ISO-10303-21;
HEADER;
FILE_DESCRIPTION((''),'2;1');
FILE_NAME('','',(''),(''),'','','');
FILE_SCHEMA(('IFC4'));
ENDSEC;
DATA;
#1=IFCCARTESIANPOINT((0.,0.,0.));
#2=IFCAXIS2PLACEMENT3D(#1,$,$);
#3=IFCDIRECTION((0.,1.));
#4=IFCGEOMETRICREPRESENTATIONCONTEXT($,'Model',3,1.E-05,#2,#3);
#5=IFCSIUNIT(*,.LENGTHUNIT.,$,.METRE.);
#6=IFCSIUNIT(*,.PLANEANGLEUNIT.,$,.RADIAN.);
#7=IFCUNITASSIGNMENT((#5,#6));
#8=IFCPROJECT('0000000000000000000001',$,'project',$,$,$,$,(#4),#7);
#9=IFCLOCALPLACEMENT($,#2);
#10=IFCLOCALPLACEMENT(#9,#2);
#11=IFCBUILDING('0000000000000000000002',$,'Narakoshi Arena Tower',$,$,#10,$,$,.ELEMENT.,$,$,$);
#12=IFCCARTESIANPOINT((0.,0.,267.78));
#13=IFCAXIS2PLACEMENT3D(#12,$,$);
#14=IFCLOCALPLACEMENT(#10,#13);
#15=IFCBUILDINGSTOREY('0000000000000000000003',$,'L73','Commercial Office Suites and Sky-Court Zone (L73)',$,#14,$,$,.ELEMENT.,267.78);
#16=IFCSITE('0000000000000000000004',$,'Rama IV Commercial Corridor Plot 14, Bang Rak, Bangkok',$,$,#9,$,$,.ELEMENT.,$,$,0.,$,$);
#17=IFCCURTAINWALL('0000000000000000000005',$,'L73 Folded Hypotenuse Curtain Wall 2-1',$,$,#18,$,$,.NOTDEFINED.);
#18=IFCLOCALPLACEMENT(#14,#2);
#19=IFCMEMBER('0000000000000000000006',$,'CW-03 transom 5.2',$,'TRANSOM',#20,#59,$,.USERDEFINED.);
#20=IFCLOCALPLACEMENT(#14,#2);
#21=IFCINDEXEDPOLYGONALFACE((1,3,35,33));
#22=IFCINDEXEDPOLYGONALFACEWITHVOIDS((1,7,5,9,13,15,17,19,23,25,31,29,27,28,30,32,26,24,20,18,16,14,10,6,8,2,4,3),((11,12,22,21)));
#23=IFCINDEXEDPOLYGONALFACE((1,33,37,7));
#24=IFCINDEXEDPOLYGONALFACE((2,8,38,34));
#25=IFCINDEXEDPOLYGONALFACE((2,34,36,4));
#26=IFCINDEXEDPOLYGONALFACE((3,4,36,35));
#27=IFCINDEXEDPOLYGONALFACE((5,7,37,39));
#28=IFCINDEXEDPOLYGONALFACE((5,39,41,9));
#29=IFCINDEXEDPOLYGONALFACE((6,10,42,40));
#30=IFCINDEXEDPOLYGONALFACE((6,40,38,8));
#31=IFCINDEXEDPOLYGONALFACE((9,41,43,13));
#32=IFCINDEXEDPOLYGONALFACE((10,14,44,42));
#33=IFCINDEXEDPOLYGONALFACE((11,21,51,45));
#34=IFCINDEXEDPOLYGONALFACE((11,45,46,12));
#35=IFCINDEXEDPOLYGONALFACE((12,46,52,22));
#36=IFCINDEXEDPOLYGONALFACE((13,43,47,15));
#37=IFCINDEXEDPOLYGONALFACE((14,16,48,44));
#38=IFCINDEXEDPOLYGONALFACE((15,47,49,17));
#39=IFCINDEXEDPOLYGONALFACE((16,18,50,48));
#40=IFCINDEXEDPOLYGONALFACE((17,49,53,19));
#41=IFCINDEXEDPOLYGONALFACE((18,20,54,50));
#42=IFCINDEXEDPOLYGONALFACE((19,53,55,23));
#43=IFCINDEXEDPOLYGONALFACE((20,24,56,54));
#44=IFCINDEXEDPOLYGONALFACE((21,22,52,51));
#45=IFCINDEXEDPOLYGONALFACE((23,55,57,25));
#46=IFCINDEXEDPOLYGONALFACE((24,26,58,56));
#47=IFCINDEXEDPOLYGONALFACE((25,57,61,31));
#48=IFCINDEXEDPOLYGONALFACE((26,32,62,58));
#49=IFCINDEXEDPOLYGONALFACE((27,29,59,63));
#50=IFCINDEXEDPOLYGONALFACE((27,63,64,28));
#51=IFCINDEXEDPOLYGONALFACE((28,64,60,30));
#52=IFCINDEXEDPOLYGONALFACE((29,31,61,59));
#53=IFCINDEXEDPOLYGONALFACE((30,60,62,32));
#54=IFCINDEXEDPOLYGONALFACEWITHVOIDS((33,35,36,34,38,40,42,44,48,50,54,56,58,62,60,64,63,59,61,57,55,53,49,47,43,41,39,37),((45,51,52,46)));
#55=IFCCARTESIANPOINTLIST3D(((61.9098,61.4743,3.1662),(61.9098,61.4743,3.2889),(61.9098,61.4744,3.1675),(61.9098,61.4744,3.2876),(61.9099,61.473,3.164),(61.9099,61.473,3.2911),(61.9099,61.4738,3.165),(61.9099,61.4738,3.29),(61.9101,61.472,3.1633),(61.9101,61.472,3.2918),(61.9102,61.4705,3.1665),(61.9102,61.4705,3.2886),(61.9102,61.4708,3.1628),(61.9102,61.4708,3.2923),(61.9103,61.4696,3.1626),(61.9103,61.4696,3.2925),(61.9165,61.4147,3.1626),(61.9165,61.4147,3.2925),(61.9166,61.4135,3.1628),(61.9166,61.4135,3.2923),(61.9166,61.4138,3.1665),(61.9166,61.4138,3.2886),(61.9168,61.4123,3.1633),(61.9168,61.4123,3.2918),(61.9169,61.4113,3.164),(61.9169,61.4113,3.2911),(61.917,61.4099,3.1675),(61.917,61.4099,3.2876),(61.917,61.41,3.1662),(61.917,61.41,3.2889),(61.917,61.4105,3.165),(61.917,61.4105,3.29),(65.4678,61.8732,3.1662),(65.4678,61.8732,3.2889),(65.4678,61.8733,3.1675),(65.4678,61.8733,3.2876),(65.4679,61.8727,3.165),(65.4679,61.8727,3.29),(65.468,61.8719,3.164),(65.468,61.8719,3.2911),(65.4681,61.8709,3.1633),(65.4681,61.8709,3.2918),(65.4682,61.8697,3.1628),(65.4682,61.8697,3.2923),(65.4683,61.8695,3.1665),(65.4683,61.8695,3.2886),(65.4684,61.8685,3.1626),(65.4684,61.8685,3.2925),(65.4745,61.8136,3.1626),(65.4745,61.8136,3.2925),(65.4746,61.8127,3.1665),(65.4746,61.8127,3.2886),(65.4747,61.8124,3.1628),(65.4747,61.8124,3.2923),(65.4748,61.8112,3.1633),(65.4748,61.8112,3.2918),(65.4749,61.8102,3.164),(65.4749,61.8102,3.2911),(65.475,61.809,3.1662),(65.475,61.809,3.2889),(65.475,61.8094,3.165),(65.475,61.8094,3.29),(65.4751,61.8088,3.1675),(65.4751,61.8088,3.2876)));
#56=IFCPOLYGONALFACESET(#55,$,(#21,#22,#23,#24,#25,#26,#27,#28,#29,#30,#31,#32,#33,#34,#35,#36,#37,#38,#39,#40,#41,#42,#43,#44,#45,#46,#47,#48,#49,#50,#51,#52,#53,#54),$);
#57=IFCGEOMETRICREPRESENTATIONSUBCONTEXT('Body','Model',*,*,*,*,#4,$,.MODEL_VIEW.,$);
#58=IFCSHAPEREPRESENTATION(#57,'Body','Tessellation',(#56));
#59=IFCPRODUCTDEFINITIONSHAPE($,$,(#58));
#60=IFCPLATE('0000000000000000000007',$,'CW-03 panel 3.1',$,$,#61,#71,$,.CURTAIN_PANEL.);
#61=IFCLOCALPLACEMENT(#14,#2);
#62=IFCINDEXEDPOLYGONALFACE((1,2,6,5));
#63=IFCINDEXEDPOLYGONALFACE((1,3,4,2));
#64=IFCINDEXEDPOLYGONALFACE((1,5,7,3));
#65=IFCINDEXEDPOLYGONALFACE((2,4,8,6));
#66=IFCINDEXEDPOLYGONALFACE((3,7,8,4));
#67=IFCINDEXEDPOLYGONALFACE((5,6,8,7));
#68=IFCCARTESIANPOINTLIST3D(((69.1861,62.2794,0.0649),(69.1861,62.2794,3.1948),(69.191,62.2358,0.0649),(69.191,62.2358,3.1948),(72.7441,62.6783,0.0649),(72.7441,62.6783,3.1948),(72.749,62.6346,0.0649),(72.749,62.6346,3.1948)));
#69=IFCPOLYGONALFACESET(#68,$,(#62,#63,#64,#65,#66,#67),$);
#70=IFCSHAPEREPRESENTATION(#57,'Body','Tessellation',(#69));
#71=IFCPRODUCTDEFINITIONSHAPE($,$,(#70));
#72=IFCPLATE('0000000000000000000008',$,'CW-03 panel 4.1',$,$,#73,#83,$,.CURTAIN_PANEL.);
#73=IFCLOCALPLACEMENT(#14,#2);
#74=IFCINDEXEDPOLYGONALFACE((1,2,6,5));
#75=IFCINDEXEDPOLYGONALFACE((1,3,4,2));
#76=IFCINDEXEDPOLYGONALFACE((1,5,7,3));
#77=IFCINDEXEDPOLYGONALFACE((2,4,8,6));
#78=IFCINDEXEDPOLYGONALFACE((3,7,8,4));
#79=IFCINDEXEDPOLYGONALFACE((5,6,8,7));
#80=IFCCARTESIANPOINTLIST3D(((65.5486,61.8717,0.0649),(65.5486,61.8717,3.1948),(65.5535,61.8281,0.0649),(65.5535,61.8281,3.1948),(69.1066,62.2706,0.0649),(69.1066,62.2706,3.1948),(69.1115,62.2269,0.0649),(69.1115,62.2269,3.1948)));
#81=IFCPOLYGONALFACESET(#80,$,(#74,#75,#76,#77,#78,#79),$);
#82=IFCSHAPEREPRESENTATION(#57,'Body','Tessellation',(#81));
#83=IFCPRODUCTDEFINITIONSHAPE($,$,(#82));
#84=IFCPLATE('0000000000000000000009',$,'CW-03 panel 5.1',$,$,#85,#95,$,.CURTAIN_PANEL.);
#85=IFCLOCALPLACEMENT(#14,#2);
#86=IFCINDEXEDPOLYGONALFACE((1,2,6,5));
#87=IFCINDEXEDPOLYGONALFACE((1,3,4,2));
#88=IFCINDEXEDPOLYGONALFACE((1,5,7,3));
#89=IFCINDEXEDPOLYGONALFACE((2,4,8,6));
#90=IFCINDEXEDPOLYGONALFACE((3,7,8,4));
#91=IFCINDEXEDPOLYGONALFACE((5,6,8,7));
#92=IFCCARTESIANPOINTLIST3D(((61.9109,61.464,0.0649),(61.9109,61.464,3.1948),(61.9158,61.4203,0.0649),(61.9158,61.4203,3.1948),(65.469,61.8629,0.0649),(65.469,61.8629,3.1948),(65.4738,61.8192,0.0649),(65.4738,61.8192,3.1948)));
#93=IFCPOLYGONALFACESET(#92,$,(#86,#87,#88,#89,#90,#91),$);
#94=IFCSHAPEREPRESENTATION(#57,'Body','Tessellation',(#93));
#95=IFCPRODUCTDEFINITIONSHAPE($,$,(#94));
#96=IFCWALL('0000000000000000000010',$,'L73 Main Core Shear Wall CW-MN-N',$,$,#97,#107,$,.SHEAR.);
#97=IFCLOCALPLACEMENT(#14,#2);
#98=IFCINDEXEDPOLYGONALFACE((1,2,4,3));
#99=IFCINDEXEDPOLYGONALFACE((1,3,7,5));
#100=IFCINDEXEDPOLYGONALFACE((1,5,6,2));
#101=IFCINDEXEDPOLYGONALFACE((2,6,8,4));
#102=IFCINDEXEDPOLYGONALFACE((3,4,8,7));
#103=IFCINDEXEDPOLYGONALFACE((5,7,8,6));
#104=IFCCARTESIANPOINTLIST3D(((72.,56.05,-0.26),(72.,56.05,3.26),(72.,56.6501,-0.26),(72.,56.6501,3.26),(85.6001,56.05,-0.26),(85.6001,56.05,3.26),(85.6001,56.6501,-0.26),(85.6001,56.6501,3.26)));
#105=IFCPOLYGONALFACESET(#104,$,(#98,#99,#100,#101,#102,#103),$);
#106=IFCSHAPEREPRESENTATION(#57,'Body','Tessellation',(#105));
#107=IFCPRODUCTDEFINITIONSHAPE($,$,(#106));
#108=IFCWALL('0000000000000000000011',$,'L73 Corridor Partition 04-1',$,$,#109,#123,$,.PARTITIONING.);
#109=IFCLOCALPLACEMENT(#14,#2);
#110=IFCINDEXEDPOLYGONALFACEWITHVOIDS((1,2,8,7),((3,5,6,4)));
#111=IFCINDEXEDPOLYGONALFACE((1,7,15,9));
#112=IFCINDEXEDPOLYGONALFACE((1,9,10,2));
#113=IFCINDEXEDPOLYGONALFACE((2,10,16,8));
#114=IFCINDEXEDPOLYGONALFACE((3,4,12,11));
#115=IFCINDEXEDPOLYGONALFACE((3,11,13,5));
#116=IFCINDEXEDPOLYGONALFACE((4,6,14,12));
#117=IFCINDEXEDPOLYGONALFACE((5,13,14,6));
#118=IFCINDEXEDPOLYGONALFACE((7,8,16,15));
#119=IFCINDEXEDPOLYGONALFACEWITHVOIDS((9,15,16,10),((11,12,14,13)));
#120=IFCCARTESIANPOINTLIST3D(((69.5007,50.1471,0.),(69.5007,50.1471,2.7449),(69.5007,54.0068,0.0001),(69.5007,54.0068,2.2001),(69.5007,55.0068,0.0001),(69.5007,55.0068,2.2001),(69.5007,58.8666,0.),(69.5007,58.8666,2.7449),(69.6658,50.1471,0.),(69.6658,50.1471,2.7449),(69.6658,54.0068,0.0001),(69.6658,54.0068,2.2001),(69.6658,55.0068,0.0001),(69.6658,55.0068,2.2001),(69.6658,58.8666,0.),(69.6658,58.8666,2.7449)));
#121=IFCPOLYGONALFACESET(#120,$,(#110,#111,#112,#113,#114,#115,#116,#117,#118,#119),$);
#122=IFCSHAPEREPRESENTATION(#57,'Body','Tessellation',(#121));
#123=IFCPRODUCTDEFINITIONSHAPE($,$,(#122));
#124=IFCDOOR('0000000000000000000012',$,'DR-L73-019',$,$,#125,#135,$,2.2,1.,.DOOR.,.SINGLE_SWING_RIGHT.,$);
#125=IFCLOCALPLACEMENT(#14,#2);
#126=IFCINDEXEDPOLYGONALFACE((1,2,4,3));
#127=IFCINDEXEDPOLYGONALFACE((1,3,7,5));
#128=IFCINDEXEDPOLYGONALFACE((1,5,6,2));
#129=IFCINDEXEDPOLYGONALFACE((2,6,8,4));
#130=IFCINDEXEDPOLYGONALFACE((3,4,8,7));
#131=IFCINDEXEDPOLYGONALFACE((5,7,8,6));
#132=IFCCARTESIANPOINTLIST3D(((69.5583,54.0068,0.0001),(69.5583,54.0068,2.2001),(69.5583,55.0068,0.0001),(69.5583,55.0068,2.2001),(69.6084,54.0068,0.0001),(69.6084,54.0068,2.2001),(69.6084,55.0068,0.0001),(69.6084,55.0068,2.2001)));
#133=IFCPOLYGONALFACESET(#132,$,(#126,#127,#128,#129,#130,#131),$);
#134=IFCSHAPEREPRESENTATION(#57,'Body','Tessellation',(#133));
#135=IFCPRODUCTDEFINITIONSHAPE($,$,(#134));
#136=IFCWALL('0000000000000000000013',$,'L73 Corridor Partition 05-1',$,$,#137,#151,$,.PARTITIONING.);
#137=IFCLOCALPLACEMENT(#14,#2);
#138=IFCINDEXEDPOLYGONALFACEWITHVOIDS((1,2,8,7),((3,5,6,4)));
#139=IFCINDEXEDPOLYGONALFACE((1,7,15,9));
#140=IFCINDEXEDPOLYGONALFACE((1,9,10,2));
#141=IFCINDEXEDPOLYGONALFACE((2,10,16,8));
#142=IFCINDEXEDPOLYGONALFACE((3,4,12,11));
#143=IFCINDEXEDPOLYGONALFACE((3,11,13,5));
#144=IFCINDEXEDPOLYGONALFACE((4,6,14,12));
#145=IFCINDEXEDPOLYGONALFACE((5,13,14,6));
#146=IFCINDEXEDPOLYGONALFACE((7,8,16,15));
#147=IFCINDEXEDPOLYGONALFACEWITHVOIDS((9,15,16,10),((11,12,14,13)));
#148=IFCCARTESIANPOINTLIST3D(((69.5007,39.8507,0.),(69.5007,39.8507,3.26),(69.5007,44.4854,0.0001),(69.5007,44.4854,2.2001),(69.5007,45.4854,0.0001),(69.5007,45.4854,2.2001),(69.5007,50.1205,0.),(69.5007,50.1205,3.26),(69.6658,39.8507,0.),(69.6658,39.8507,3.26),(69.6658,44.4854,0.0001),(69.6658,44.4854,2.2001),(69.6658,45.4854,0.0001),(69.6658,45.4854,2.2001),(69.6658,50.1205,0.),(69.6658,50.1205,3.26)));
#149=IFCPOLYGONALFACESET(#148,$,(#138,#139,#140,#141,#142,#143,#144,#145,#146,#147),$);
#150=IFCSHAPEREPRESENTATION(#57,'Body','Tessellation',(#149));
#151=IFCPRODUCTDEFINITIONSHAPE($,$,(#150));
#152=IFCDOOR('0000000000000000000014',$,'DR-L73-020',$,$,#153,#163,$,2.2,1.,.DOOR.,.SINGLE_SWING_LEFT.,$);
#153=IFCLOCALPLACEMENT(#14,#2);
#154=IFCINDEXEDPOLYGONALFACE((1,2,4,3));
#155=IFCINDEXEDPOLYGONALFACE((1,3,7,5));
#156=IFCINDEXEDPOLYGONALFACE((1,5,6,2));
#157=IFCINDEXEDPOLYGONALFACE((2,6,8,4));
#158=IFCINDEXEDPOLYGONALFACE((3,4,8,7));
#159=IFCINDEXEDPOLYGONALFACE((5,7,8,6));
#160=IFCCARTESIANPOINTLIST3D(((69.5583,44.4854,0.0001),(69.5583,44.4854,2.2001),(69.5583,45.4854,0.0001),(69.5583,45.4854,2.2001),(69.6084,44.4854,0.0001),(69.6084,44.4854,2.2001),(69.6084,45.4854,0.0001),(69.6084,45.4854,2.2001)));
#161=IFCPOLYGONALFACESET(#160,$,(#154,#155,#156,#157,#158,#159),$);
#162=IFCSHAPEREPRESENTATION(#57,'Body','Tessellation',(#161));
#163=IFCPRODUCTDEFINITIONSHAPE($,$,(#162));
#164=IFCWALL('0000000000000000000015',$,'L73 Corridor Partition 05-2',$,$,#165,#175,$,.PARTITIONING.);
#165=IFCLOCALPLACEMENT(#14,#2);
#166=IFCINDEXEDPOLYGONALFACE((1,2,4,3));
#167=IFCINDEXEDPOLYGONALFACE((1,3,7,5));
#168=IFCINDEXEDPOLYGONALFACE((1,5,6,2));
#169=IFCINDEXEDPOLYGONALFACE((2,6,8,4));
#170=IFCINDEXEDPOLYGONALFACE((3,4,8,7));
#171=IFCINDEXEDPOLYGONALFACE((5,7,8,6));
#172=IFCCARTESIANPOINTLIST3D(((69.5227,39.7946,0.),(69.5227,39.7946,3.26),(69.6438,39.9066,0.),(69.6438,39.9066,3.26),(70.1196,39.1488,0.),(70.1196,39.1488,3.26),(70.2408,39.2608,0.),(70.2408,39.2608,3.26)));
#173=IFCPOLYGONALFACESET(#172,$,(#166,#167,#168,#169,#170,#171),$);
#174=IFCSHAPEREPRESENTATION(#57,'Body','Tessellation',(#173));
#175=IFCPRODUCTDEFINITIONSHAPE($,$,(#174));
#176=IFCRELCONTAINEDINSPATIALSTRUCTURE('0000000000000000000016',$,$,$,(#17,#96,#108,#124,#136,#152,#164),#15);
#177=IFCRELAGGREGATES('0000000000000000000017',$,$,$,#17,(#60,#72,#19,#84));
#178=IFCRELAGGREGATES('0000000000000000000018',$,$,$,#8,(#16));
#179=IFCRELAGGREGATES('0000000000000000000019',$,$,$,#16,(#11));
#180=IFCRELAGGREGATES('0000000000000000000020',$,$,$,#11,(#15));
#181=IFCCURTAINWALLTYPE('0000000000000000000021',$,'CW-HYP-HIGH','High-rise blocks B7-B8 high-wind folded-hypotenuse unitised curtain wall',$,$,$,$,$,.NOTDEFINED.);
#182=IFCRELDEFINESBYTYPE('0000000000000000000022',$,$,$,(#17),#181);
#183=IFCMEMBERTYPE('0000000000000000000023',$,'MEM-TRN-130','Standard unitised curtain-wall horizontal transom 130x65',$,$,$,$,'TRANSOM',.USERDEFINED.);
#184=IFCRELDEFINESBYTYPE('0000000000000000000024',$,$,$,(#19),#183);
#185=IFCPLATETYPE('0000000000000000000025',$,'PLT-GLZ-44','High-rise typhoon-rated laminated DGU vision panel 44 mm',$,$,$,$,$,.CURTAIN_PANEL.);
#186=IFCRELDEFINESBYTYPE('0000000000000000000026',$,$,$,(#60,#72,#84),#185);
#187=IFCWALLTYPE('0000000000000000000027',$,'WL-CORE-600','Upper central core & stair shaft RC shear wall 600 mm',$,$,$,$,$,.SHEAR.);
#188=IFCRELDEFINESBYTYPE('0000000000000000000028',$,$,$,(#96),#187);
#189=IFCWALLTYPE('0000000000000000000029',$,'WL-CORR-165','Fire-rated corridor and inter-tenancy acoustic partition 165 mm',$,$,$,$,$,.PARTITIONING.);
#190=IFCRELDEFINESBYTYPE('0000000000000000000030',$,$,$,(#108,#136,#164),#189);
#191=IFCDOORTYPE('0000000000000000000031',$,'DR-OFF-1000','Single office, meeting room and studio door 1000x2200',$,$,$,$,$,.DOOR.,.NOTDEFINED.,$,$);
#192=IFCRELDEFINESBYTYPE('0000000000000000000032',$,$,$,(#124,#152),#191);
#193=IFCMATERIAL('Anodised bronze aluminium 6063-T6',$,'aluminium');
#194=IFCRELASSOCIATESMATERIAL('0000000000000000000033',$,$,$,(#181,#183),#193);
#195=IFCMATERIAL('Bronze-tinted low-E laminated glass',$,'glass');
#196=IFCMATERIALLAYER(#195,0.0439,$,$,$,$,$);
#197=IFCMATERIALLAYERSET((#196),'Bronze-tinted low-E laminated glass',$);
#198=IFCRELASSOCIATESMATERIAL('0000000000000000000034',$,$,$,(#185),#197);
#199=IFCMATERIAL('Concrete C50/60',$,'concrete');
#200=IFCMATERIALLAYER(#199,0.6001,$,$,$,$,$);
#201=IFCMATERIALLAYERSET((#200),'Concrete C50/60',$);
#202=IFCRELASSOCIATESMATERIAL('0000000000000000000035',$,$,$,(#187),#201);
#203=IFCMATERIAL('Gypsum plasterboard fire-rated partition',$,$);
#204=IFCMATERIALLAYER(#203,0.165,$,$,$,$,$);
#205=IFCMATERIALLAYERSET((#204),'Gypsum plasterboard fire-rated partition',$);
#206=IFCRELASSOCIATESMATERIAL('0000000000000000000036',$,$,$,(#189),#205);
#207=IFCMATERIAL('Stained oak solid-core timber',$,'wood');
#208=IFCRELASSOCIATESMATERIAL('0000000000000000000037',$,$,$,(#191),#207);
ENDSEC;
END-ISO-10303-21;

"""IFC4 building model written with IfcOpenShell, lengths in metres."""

from ifc_helpers import new_model, si_unit, direction, frame, frame_2d, origin, origin_2d, place, context, subcontext, project, spatial, rectangle, hollow_rectangle, extrude, material, layer, layer_set, material_profile, profile_set, type_object, element, fill, aggregate, save


model = new_model("IFC4")

# Units and contexts
model_context = context("Model", 3, precision=1e-05, world=origin(), true_north=direction((0.0, 1.0)))
body_context = subcontext(model_context, "Body", "Model", "MODEL_VIEW")
ifc_project = project(units=[si_unit("LENGTHUNIT", "METRE"), si_unit("PLANEANGLEUNIT", "RADIAN")], contexts=[model_context])

# Site, building, storey
site_placement = place(None, origin())
site = spatial("IfcSite", under=ifc_project, at=site_placement, Name="Rama IV Commercial Corridor Plot 14, Bang Rak, Bangkok", CompositionType="ELEMENT", RefElevation=0.0)
building_placement = place(site_placement, origin())
building = spatial("IfcBuilding", under=site, at=building_placement, Name="Narakoshi Arena Tower", CompositionType="ELEMENT")
storey_placement = place(building_placement, frame((0.0, 0.0, 267.78)))
storey = spatial("IfcBuildingStorey", under=building, at=storey_placement, Name="L73", Description="Commercial Office Suites and Sky-Court Zone (L73)", CompositionType="ELEMENT", Elevation=267.78)

# Shared definitions
ifc_material_1 = material(Name="Concrete C50/60", Category="concrete")

# Curtain wall, member, plates
ifc_material_2 = material(Name="Anodised bronze aluminium 6063-T6", Category="aluminium")
curtain_wall_type = type_object("IfcCurtainWallType", Name="CW-HYP-HIGH", Description="High-rise blocks B7-B8 high-wind folded-hypotenuse unitised curtain wall", PredefinedType="NOTDEFINED", material=ifc_material_2)
curtain_wall_placement = place(storey_placement, origin())
curtain_wall = element("IfcCurtainWall", 1, at=curtain_wall_placement, inside=storey, type_object=curtain_wall_type, Name="L73 Folded Hypotenuse Curtain Wall 2-1", PredefinedType="NOTDEFINED")
ifc_material_profile_1 = material_profile(ifc_material_2, hollow_rectangle(XDim=0.0649, YDim=0.1299, WallThickness=0.0039, OuterFilletRadius=0.0049, at=origin_2d()), Name="TRN130x65x4")
ifc_profile_set_1 = profile_set([ifc_material_profile_1], Name="Anodised bronze aluminium 6063-T6")
member_type_1 = type_object("IfcMemberType", Name="MEM-TRN-130", Description="Standard unitised curtain-wall horizontal transom 130x65", ElementType="TRANSOM", PredefinedType="USERDEFINED", material=ifc_profile_set_1)
member_1_placement = place(storey_placement, frame((65.4714, 61.8411, 3.2275), z_axis=(-0.993773, -0.111419, 0.0), x_axis=(0.111419, -0.993773, 0.0)))
member_1 = element("IfcMember", 2, at=member_1_placement, type_object=member_type_1, Name="CW-03 transom 5.2", ObjectType="TRANSOM", PredefinedType="USERDEFINED", context=body_context, shape_type="SweptSolid", body=[
    extrude(hollow_rectangle(XDim=0.0649, YDim=0.1299, WallThickness=0.0039, OuterFilletRadius=0.0049, at=origin_2d()), origin(), (0.0, 0.0, 1.0), 3.5803),
])
ifc_material_3 = material(Name="Bronze-tinted low-E laminated glass", Category="glass")
ifc_layer_1 = layer(ifc_material_3, 0.0439)
ifc_layer_set_1 = layer_set([ifc_layer_1], Name="Bronze-tinted low-E laminated glass")
plate_type = type_object("IfcPlateType", Name="PLT-GLZ-44", Description="High-rise typhoon-rated laminated DGU vision panel 44 mm", PredefinedType="CURTAIN_PANEL", material=ifc_layer_set_1)
plate_1_placement = place(storey_placement, frame((70.9675, 62.457, 0.0649), z_axis=(0.0, 0.0, 1.0), x_axis=(-0.993776, -0.111396, 0.0)))
plate_1 = element("IfcPlate", 3, at=plate_1_placement, type_object=plate_type, Name="CW-03 panel 3.1", PredefinedType="CURTAIN_PANEL", context=body_context, shape_type="SweptSolid", body=[
    extrude(rectangle(XDim=3.5803, YDim=0.0439, at=origin_2d()), origin(), (0.0, 0.0, 1.0), 3.1299),
])
plate_2_placement = place(storey_placement, frame((67.3301, 62.0493, 0.0649), z_axis=(0.0, 0.0, 1.0), x_axis=(-0.993776, -0.111396, 0.0)))
plate_2 = element("IfcPlate", 4, at=plate_2_placement, type_object=plate_type, Name="CW-03 panel 4.1", PredefinedType="CURTAIN_PANEL", context=body_context, shape_type="SweptSolid", body=[
    extrude(rectangle(XDim=3.5803, YDim=0.0439, at=origin_2d()), origin(), (0.0, 0.0, 1.0), 3.1299),
])
plate_3_placement = place(storey_placement, frame((63.6924, 61.6416, 0.0649), z_axis=(0.0, 0.0, 1.0), x_axis=(-0.993776, -0.111396, 0.0)))
plate_3 = element("IfcPlate", 5, at=plate_3_placement, type_object=plate_type, Name="CW-03 panel 5.1", PredefinedType="CURTAIN_PANEL", context=body_context, shape_type="SweptSolid", body=[
    extrude(rectangle(XDim=3.5803, YDim=0.0439, at=origin_2d()), origin(), (0.0, 0.0, 1.0), 3.1299),
])
aggregate(curtain_wall, [plate_1, plate_2, member_1, plate_3])

# Wall
ifc_layer_2 = layer(ifc_material_1, 0.6001)
ifc_layer_set_2 = layer_set([ifc_layer_2], Name="Concrete C50/60")
wall_type_1 = type_object("IfcWallType", Name="WL-CORE-600", Description="Upper central core & stair shaft RC shear wall 600 mm", PredefinedType="SHEAR", material=ifc_layer_set_2)
wall_1_placement = place(storey_placement, frame((72.0, 56.3501, -0.26), z_axis=(0.0, 0.0, 1.0), x_axis=(1.0, 0.0, 0.0)))
element("IfcWall", 6, at=wall_1_placement, inside=storey, type_object=wall_type_1, Name="L73 Main Core Shear Wall CW-MN-N", PredefinedType="SHEAR", context=body_context, shape_type="SweptSolid", body=[
    extrude(rectangle(XDim=13.6001, YDim=0.6001, at=frame_2d((6.8, 0.0))), origin(), (0.0, 0.0, 1.0), 3.52),
])

# Walls, openings, doors
ifc_material_4 = material(Name="Gypsum plasterboard fire-rated partition")
ifc_layer_3 = layer(ifc_material_4, 0.165)
ifc_layer_set_3 = layer_set([ifc_layer_3], Name="Gypsum plasterboard fire-rated partition")
wall_type_2 = type_object("IfcWallType", Name="WL-CORR-165", Description="Fire-rated corridor and inter-tenancy acoustic partition 165 mm", PredefinedType="PARTITIONING", material=ifc_layer_set_3)
wall_2_placement = place(storey_placement, frame((69.5833, 58.8667, 0.0), z_axis=(0.0, 0.0, 1.0), x_axis=(0.0, -1.0, 0.0)))
wall_2 = element("IfcWall", 7, at=wall_2_placement, inside=storey, type_object=wall_type_2, Name="L73 Corridor Partition 04-1", PredefinedType="PARTITIONING", context=body_context, shape_type="SweptSolid", body=[
    extrude(rectangle(XDim=8.7195, YDim=0.165, at=frame_2d((4.3599, 0.0))), origin(), (0.0, 0.0, 1.0), 2.7449),
])
opening_1_placement = place(wall_2_placement, frame((3.8599, 0.0, 0.0)))
opening_1 = element("IfcOpeningElement", 8, at=opening_1_placement, cuts=wall_2, PredefinedType="OPENING", context=body_context, shape_type="SweptSolid", body=[
    extrude(rectangle(XDim=1.0, YDim=2.2, at=frame_2d((0.5, 1.1001))), frame((0.0, 0.0925, 0.0), z_axis=(0.0, -1.0, 0.0), x_axis=(1.0, 0.0, 0.0)), (0.0, 0.0, 1.0), 0.1851),
])
ifc_material_5 = material(Name="Stained oak solid-core timber", Category="wood")
door_type = type_object("IfcDoorType", Name="DR-OFF-1000", Description="Single office, meeting room and studio door 1000x2200", OperationType="NOTDEFINED", PredefinedType="DOOR", material=ifc_material_5)
door_1_placement = place(opening_1_placement, frame((1.0, 0.0, 0.0), z_axis=(0.0, 0.0, 1.0), x_axis=(-1.0, 0.0, 0.0)))
door_1 = element("IfcDoor", 9, at=door_1_placement, inside=storey, type_object=door_type, Name="DR-L73-019", OperationType="SINGLE_SWING_RIGHT", OverallHeight=2.2, OverallWidth=1.0, PredefinedType="DOOR", context=body_context, shape_type="SweptSolid", body=[
    extrude(rectangle(XDim=1.0, YDim=2.2, at=frame_2d((0.5, 1.1001))), frame((0.0, 0.0249, 0.0), z_axis=(0.0, -1.0, 0.0), x_axis=(1.0, 0.0, 0.0)), (0.0, 0.0, 1.0), 0.05),
])
fill(opening_1, door_1)
wall_3_placement = place(storey_placement, frame((69.5833, 50.1204, 0.0), z_axis=(0.0, 0.0, 1.0), x_axis=(0.0, -1.0, 0.0)))
wall_3 = element("IfcWall", 10, at=wall_3_placement, inside=storey, type_object=wall_type_2, Name="L73 Corridor Partition 05-1", PredefinedType="PARTITIONING", context=body_context, shape_type="SweptSolid", body=[
    extrude(rectangle(XDim=10.2698, YDim=0.165, at=frame_2d((5.1348, 0.0))), origin(), (0.0, 0.0, 1.0), 3.26),
])
opening_2_placement = place(wall_3_placement, frame((4.635, 0.0, 0.0)))
opening_2 = element("IfcOpeningElement", 11, at=opening_2_placement, cuts=wall_3, PredefinedType="OPENING", context=body_context, shape_type="SweptSolid", body=[
    extrude(rectangle(XDim=1.0, YDim=2.2, at=frame_2d((0.5, 1.1001))), frame((0.0, 0.0925, 0.0), z_axis=(0.0, -1.0, 0.0), x_axis=(1.0, 0.0, 0.0)), (0.0, 0.0, 1.0), 0.1851),
])
door_2_placement = place(opening_2_placement, frame((1.0, 0.0, 0.0), z_axis=(0.0, 0.0, 1.0), x_axis=(-1.0, 0.0, 0.0)))
door_2 = element("IfcDoor", 12, at=door_2_placement, inside=storey, type_object=door_type, Name="DR-L73-020", OperationType="SINGLE_SWING_LEFT", OverallHeight=2.2, OverallWidth=1.0, PredefinedType="DOOR", context=body_context, shape_type="SweptSolid", body=[
    extrude(rectangle(XDim=1.0, YDim=2.2, at=frame_2d((0.5, 1.1001))), frame((0.0, 0.0249, 0.0), z_axis=(0.0, -1.0, 0.0), x_axis=(1.0, 0.0, 0.0)), (0.0, 0.0, 1.0), 0.05),
])
fill(opening_2, door_2)

# Wall
wall_4_placement = place(storey_placement, frame((69.5833, 39.8506, 0.0), z_axis=(0.0, 0.0, 1.0), x_axis=(0.678799, -0.734324, 0.0)))
element("IfcWall", 13, at=wall_4_placement, inside=storey, type_object=wall_type_2, Name="L73 Corridor Partition 05-2", PredefinedType="PARTITIONING", context=body_context, shape_type="SweptSolid", body=[
    extrude(rectangle(XDim=0.8794, YDim=0.165, at=frame_2d((0.4397, 0.0))), origin(), (0.0, 0.0, 1.0), 3.26),
])

save(model, "model.ifc")
